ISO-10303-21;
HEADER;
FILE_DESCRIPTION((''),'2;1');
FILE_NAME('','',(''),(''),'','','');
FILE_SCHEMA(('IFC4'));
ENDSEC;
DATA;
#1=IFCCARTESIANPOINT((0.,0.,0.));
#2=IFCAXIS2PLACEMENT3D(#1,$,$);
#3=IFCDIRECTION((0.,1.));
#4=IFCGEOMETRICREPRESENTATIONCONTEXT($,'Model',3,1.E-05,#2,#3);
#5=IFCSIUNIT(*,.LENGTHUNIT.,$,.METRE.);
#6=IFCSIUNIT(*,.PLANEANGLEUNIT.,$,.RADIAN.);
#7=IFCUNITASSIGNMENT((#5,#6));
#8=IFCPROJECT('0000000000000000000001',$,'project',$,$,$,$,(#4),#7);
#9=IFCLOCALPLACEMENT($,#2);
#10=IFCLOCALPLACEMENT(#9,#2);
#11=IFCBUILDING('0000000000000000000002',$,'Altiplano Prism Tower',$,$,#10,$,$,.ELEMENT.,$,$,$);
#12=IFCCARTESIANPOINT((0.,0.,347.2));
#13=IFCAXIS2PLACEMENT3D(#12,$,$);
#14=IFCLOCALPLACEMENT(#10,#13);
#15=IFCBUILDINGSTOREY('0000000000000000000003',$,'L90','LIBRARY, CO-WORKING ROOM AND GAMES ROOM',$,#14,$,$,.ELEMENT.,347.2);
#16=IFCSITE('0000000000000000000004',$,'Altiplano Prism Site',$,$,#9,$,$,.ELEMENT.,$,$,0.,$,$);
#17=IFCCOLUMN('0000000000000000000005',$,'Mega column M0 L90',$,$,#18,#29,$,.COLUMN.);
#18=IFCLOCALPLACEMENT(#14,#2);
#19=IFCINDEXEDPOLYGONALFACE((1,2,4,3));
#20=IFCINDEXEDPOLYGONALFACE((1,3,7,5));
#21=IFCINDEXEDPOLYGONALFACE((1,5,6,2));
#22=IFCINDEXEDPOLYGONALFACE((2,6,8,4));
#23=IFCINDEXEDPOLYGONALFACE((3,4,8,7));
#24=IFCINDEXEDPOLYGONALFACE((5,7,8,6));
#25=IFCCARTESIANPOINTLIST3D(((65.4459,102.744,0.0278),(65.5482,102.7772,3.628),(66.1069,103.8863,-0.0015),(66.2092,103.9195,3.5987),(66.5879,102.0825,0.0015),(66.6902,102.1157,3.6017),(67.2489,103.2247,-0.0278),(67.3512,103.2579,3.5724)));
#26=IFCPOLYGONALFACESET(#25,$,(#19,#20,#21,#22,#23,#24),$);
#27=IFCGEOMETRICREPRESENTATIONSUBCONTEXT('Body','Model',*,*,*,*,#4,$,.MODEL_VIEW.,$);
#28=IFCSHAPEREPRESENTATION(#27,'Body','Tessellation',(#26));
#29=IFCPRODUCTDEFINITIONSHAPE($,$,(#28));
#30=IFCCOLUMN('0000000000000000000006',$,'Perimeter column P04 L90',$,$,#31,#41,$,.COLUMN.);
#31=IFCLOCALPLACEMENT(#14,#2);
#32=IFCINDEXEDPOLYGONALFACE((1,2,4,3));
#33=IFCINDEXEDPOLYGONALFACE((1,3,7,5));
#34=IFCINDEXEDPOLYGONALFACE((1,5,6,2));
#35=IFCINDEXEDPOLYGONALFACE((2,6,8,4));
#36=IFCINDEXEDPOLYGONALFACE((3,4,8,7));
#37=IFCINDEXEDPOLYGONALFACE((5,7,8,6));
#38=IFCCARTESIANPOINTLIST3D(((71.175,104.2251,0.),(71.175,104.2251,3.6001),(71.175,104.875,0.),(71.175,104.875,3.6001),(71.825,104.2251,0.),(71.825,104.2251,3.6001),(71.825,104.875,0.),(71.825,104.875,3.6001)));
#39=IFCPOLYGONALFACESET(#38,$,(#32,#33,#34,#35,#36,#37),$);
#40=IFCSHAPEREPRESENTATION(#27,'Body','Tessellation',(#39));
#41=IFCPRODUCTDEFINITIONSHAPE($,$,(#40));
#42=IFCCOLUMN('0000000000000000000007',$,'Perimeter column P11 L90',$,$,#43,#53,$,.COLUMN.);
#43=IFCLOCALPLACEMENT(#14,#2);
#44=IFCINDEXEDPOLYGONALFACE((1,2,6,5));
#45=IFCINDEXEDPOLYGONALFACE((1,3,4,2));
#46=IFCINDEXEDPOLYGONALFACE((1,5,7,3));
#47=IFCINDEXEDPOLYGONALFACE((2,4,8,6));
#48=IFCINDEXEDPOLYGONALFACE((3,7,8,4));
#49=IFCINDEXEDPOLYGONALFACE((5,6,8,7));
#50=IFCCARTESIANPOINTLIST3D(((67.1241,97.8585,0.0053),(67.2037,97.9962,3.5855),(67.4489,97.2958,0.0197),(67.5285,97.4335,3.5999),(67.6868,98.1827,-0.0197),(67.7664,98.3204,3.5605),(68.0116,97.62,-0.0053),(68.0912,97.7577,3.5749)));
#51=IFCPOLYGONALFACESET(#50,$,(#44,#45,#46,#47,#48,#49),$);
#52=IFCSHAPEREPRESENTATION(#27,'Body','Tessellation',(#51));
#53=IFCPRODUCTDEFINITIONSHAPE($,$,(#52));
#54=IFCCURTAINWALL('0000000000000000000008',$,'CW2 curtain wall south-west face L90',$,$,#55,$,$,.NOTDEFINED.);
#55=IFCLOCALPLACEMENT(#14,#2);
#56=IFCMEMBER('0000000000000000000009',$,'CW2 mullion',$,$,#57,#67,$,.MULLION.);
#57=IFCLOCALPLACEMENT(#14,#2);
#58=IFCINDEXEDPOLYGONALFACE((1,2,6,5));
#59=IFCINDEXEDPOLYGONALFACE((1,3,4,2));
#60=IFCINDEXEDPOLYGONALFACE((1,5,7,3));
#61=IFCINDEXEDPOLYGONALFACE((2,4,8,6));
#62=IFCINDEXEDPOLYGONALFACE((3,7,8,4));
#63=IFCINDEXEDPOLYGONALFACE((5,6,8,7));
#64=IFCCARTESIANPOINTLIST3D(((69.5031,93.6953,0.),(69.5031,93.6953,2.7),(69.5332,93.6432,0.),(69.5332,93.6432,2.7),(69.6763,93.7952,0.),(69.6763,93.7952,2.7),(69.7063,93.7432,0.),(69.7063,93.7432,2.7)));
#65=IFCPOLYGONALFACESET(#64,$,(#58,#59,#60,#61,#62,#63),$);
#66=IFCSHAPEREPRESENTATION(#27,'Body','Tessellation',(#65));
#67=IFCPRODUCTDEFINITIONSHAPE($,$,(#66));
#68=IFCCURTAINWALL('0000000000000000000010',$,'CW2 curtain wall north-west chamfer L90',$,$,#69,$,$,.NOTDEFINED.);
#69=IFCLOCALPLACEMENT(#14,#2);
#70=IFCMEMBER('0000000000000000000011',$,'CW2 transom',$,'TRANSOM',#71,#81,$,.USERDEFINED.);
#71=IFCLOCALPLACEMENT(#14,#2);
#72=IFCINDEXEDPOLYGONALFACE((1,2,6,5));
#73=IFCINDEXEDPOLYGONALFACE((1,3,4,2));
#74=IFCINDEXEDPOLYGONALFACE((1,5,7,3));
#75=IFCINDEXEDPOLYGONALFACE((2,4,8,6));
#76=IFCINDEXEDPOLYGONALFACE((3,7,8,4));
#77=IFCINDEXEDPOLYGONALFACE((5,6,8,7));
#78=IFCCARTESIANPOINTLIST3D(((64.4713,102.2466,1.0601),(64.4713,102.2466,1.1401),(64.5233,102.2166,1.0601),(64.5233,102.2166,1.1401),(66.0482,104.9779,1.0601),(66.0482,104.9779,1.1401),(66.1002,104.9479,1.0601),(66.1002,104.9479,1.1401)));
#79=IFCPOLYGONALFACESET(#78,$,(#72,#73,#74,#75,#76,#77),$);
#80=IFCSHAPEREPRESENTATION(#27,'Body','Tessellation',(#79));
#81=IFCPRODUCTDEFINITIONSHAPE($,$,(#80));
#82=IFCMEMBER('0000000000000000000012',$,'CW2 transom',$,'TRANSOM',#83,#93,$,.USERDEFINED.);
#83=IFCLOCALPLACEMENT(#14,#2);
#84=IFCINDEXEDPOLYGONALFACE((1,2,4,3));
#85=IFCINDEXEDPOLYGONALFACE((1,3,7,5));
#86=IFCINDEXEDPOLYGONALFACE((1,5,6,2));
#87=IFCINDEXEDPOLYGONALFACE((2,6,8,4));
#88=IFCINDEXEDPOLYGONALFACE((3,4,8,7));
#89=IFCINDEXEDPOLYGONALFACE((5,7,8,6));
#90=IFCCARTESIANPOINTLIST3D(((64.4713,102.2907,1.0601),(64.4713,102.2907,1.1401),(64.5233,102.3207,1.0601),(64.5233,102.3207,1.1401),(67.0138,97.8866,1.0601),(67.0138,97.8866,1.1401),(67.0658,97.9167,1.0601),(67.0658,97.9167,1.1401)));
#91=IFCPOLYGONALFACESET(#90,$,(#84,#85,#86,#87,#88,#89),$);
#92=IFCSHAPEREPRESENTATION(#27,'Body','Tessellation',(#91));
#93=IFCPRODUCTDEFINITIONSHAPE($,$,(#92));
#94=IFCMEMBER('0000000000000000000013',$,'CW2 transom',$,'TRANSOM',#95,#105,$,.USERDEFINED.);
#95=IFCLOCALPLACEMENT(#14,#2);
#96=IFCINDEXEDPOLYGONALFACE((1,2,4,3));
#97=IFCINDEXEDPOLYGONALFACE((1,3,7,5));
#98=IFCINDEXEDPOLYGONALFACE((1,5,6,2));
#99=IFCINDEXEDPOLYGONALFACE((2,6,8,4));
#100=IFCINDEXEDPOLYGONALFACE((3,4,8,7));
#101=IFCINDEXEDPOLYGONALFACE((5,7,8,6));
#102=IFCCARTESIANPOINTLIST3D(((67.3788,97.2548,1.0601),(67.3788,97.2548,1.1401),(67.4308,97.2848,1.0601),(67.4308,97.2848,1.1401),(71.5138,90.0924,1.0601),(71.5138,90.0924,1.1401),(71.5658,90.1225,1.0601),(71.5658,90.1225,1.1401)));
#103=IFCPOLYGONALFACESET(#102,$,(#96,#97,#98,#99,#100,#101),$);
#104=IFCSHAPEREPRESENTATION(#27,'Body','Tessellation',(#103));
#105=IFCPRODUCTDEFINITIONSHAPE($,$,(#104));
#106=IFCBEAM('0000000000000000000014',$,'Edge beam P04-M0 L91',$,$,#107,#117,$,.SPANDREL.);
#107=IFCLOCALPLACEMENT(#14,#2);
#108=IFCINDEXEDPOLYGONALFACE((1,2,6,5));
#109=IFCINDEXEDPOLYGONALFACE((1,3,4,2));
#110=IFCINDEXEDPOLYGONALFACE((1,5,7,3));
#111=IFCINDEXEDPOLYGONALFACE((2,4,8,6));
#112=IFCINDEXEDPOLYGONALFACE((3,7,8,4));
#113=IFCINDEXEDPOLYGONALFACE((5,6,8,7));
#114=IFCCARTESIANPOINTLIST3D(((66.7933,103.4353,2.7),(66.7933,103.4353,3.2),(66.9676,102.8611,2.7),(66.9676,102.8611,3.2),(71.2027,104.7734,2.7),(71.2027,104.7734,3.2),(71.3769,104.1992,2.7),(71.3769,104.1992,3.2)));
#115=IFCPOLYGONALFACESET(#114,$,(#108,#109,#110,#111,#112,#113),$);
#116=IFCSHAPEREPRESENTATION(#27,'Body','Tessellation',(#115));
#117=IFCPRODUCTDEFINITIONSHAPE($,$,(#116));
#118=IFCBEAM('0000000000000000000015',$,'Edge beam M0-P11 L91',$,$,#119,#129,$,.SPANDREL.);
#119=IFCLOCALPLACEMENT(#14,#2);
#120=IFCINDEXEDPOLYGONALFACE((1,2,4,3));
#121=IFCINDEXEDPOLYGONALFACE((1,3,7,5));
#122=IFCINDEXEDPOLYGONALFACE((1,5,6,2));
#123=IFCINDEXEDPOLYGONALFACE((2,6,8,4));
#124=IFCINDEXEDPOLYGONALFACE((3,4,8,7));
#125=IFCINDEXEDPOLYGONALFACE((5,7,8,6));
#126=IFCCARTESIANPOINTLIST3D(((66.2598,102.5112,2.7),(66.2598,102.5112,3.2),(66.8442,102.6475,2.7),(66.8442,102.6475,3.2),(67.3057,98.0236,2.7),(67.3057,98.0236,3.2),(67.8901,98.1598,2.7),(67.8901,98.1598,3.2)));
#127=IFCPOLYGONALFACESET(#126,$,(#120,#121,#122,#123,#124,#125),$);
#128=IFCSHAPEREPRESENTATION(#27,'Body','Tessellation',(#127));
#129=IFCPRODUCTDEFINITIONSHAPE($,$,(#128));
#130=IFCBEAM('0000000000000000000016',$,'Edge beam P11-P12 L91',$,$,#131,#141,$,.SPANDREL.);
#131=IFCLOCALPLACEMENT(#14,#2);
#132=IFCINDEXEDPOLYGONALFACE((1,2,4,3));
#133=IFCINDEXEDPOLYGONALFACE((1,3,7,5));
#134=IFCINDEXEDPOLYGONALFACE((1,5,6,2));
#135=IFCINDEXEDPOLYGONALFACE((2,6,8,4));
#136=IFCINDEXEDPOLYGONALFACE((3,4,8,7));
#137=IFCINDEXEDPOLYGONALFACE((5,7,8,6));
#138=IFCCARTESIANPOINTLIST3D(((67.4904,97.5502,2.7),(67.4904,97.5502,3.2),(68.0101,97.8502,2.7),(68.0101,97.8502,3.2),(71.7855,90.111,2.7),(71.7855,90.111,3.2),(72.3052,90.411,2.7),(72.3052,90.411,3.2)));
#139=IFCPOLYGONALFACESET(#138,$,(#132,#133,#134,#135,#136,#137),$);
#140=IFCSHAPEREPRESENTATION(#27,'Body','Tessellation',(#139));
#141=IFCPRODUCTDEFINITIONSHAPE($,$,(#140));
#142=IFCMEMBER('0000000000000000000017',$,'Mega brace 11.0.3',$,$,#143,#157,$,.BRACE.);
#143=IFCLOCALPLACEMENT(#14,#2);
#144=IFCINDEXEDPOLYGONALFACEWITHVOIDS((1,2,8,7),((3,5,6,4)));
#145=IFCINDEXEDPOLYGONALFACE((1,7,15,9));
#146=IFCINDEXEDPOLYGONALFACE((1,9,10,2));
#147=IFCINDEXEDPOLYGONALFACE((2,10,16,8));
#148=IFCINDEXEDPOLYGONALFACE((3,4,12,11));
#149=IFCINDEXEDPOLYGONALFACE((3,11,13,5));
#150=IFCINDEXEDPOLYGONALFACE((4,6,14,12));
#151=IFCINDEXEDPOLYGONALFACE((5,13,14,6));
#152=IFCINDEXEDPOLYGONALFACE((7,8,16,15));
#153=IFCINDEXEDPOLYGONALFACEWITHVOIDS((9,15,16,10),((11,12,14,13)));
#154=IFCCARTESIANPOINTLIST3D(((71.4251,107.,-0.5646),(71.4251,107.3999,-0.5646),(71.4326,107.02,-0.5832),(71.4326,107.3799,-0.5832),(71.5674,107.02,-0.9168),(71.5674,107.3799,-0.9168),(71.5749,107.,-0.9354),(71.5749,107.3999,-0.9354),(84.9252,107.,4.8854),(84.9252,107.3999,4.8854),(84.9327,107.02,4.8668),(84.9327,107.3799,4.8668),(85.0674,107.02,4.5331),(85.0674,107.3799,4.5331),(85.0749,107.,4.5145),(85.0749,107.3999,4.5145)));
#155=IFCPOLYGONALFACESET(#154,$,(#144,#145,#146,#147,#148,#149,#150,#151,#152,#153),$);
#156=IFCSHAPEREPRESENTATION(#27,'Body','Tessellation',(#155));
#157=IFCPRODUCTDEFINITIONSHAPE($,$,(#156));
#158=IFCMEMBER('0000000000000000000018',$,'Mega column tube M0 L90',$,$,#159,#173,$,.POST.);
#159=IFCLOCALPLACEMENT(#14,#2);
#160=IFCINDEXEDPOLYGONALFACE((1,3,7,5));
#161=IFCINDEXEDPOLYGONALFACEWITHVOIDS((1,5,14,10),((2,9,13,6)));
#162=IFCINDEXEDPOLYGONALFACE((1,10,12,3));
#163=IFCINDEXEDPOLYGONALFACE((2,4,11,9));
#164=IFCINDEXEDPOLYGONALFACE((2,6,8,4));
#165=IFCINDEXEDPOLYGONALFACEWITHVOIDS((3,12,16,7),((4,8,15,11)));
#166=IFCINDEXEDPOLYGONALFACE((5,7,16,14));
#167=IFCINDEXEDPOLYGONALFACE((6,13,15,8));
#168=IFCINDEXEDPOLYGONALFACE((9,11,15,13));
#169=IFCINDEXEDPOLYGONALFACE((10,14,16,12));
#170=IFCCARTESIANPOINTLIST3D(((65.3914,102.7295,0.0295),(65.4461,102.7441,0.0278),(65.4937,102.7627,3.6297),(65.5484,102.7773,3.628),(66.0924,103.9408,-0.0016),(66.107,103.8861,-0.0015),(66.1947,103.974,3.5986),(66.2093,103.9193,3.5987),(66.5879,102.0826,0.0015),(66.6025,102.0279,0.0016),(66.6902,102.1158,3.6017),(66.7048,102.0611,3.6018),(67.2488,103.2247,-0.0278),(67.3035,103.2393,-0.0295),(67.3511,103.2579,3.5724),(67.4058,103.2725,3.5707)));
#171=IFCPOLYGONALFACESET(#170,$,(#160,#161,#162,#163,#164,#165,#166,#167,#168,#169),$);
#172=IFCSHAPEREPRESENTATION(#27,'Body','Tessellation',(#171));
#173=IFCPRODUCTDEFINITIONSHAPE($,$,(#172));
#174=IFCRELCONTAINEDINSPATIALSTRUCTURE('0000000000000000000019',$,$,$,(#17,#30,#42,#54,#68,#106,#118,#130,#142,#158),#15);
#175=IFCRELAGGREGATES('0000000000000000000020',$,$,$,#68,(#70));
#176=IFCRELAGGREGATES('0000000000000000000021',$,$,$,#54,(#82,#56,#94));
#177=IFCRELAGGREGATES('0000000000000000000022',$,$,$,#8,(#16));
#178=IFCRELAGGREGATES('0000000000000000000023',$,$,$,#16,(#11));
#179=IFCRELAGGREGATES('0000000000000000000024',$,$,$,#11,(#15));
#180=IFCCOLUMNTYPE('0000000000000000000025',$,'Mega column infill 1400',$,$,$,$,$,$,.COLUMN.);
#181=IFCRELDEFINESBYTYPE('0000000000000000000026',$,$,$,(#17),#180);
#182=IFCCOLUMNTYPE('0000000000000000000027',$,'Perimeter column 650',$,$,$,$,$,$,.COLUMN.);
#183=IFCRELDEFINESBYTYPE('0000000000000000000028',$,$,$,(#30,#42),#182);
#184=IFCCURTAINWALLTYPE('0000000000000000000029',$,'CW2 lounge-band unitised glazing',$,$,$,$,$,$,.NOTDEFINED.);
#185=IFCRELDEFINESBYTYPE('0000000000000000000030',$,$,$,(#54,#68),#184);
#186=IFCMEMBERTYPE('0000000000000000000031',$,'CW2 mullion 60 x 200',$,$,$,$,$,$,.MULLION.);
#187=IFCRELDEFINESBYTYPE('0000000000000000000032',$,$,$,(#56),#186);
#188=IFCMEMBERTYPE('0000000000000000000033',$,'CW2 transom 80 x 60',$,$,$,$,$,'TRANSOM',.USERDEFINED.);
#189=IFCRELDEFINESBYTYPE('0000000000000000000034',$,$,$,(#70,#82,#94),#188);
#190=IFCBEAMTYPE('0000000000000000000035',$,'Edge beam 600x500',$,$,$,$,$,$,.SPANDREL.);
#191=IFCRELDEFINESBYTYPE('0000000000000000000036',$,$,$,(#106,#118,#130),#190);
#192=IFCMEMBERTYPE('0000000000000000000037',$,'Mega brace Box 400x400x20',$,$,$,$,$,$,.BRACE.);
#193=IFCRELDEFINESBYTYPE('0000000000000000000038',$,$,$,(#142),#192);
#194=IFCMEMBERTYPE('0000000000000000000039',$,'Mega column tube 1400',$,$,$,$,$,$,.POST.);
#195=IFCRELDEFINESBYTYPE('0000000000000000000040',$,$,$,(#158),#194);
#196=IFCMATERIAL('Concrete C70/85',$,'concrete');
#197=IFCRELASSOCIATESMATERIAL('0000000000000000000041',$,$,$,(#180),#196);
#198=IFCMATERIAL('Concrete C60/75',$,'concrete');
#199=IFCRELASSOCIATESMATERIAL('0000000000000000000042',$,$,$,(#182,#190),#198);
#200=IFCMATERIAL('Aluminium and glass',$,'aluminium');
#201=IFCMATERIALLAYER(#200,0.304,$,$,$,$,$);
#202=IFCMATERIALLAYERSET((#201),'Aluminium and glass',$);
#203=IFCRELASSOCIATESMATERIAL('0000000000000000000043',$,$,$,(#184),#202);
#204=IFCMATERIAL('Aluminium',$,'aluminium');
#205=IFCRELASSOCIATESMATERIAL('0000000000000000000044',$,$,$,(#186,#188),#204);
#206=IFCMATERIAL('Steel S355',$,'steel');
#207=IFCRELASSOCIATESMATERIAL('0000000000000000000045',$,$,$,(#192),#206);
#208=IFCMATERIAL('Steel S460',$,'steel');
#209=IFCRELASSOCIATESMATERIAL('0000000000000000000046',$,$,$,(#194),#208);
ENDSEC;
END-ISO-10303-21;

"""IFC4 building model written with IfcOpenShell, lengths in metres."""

from ifc_helpers import new_model, si_unit, direction, frame, origin, origin_2d, place, context, subcontext, project, spatial, rectangle, hollow_rectangle, extrude, material, layer, layer_set, material_profile, profile_set, type_object, element, aggregate, save


model = new_model("IFC4")

# Units and contexts
model_context = context("Model", 3, precision=1e-05, world=origin(), true_north=direction((0.0, 1.0)))
body_context = subcontext(model_context, "Body", "Model", "MODEL_VIEW")
ifc_project = project(units=[si_unit("LENGTHUNIT", "METRE"), si_unit("PLANEANGLEUNIT", "RADIAN")], contexts=[model_context])

# Site, building, storey
site_placement = place(None, origin())
site = spatial("IfcSite", under=ifc_project, at=site_placement, Name="Altiplano Prism Site", CompositionType="ELEMENT", RefElevation=0.0)
building_placement = place(site_placement, origin())
building = spatial("IfcBuilding", under=site, at=building_placement, Name="Altiplano Prism Tower", CompositionType="ELEMENT")
storey_placement = place(building_placement, frame((0.0, 0.0, 347.2)))
storey = spatial("IfcBuildingStorey", under=building, at=storey_placement, Name="L90", Description="LIBRARY, CO-WORKING ROOM AND GAMES ROOM", CompositionType="ELEMENT", Elevation=347.2)

# Columns
ifc_material_1 = material(Name="Concrete C70/85", Category="concrete")
ifc_material_profile_1 = material_profile(ifc_material_1, rectangle(XDim=1.3201, YDim=1.3201, at=origin_2d()), Name="Mega column infill 1400")
ifc_profile_set_1 = profile_set([ifc_material_profile_1], Name="Concrete C70/85")
column_type_1 = type_object("IfcColumnType", Name="Mega column infill 1400", PredefinedType="COLUMN", material=ifc_profile_set_1)
column_1_placement = place(storey_placement, frame((66.3474, 102.9844, 0.0), z_axis=(0.028402, 0.009219, 0.999554), x_axis=(-0.865126, 0.501157, 0.01996)))
element("IfcColumn", 1, at=column_1_placement, inside=storey, type_object=column_type_1, Name="Mega column M0 L90", PredefinedType="COLUMN", context=body_context, shape_type="SweptSolid", body=[
    extrude(rectangle(XDim=1.3201, YDim=1.3201, at=origin_2d()), origin(), (0.0, 0.0, 1.0), 3.6018),
])
ifc_material_2 = material(Name="Concrete C60/75", Category="concrete")
ifc_material_profile_2 = material_profile(ifc_material_2, rectangle(XDim=0.6499, YDim=0.6499, at=origin_2d()), Name="Perimeter column 650")
ifc_profile_set_2 = profile_set([ifc_material_profile_2], Name="Concrete C60/75")
column_type_2 = type_object("IfcColumnType", Name="Perimeter column 650", PredefinedType="COLUMN", material=ifc_profile_set_2)
column_2_placement = place(storey_placement, frame((71.5, 104.55, 0.0), z_axis=(0.0, 0.0, 1.0), x_axis=(1.0, 0.0, 0.0)))
element("IfcColumn", 2, at=column_2_placement, inside=storey, type_object=column_type_2, Name="Perimeter column P04 L90", PredefinedType="COLUMN", context=body_context, shape_type="SweptSolid", body=[
    extrude(rectangle(XDim=0.6499, YDim=0.6499, at=origin_2d()), origin(), (0.0, 0.0, 1.0), 3.6001),
])
column_3_placement = place(storey_placement, frame((67.5679, 97.7393, 0.0), z_axis=(0.022208, 0.038421, 0.999015), x_axis=(-0.865843, -0.498837, 0.038432)))
element("IfcColumn", 3, at=column_3_placement, inside=storey, type_object=column_type_2, Name="Perimeter column P11 L90", PredefinedType="COLUMN", context=body_context, shape_type="SweptSolid", body=[
    extrude(rectangle(XDim=0.6499, YDim=0.6499, at=origin_2d()), origin(), (0.0, 0.0, 1.0), 3.5837),
])

# Curtain walls, members
ifc_material_3 = material(Name="Aluminium and glass", Category="aluminium")
ifc_layer_1 = layer(ifc_material_3, 0.304)
ifc_layer_set_1 = layer_set([ifc_layer_1], Name="Aluminium and glass")
curtain_wall_type = type_object("IfcCurtainWallType", Name="CW2 lounge-band unitised glazing", PredefinedType="NOTDEFINED", material=ifc_layer_set_1)
curtain_wall_1_placement = place(storey_placement, origin())
curtain_wall_1 = element("IfcCurtainWall", 4, at=curtain_wall_1_placement, inside=storey, type_object=curtain_wall_type, Name="CW2 curtain wall south-west face L90", PredefinedType="NOTDEFINED")
ifc_material_4 = material(Name="Aluminium", Category="aluminium")
ifc_material_profile_3 = material_profile(ifc_material_4, rectangle(XDim=0.2, YDim=0.0601, at=origin_2d()), Name="CW2 mullion 60 x 200")
ifc_profile_set_3 = profile_set([ifc_material_profile_3], Name="Aluminium")
member_type_1 = type_object("IfcMemberType", Name="CW2 mullion 60 x 200", PredefinedType="MULLION", material=ifc_profile_set_3)
member_1_placement = place(storey_placement, frame((69.6047, 93.7192, 0.0), z_axis=(0.0, 0.0, 1.0), x_axis=(0.866025, 0.5, 0.0)))
member_1 = element("IfcMember", 5, at=member_1_placement, type_object=member_type_1, Name="CW2 mullion", PredefinedType="MULLION", context=body_context, shape_type="SweptSolid", body=[
    extrude(rectangle(XDim=0.2, YDim=0.0601, at=origin_2d()), origin(), (0.0, 0.0, 1.0), 2.7),
])
curtain_wall_2_placement = place(storey_placement, origin())
curtain_wall_2 = element("IfcCurtainWall", 6, at=curtain_wall_2_placement, inside=storey, type_object=curtain_wall_type, Name="CW2 curtain wall north-west chamfer L90", PredefinedType="NOTDEFINED")
ifc_material_profile_4 = material_profile(ifc_material_4, rectangle(XDim=0.0601, YDim=0.0801, at=origin_2d()), Name="CW2 transom 80 x 60")
ifc_profile_set_4 = profile_set([ifc_material_profile_4], Name="Aluminium")
member_type_2 = type_object("IfcMemberType", Name="CW2 transom 80 x 60", ElementType="TRANSOM", PredefinedType="USERDEFINED", material=ifc_profile_set_4)
member_2_placement = place(storey_placement, frame((66.0742, 104.9629, 1.1001), z_axis=(-0.500011, -0.866019, 0.0), x_axis=(0.866019, -0.500011, 0.0)))
member_2 = element("IfcMember", 7, at=member_2_placement, type_object=member_type_2, Name="CW2 transom", ObjectType="TRANSOM", PredefinedType="USERDEFINED", context=body_context, shape_type="SweptSolid", body=[
    extrude(rectangle(XDim=0.0601, YDim=0.0801, at=origin_2d()), origin(), (0.0, 0.0, 1.0), 3.1538),
])

# Members
member_3_placement = place(storey_placement, frame((64.4973, 102.3057, 1.1001), z_axis=(0.49997, -0.866042, 0.0), x_axis=(0.866042, 0.49997, 0.0)))
member_3 = element("IfcMember", 8, at=member_3_placement, type_object=member_type_2, Name="CW2 transom", ObjectType="TRANSOM", PredefinedType="USERDEFINED", context=body_context, shape_type="SweptSolid", body=[
    extrude(rectangle(XDim=0.0601, YDim=0.0801, at=origin_2d()), origin(), (0.0, 0.0, 1.0), 5.0852),
])
member_4_placement = place(storey_placement, frame((67.4048, 97.2698, 1.1001), z_axis=(0.499984, -0.866035, 0.0), x_axis=(0.866035, 0.499984, 0.0)))
member_4 = element("IfcMember", 9, at=member_4_placement, type_object=member_type_2, Name="CW2 transom", ObjectType="TRANSOM", PredefinedType="USERDEFINED", context=body_context, shape_type="SweptSolid", body=[
    extrude(rectangle(XDim=0.0601, YDim=0.0801, at=origin_2d()), origin(), (0.0, 0.0, 1.0), 8.2703),
])

# Beams
ifc_material_profile_5 = material_profile(ifc_material_2, rectangle(XDim=0.6001, YDim=0.5, at=origin_2d()), Name="Edge beam 600x500")
ifc_profile_set_5 = profile_set([ifc_material_profile_5], Name="Concrete C60/75")
beam_type = type_object("IfcBeamType", Name="Edge beam 600x500", PredefinedType="SPANDREL", material=ifc_profile_set_5)
for number, where, z_axis, x_axis, name in (
    (10, (71.2898, 104.4863, 2.95), (-0.956907, -0.290394, 0.0), (0.290394, -0.956907, 0.0), "Edge beam P04-M0 L91"),
    (11, (66.552, 102.5793, 2.95), (0.226983, -0.973899, 0.0), (0.973899, 0.226983, 0.0), "Edge beam M0-P11 L91"),
):
    element("IfcBeam", number, at=place(storey_placement, frame(where, z_axis=z_axis, x_axis=x_axis)), inside=storey, type_object=beam_type, Name=name, PredefinedType="SPANDREL", context=body_context, shape_type="SweptSolid", body=[
        extrude(rectangle(XDim=0.6001, YDim=0.5, at=origin_2d()), origin(), (0.0, 0.0, 1.0), 4.6079),
    ])
beam_placement = place(storey_placement, frame((67.7502, 97.7002, 2.95), z_axis=(0.500012, -0.866019, 0.0), x_axis=(0.866019, 0.500012, 0.0)))
element("IfcBeam", 12, at=beam_placement, inside=storey, type_object=beam_type, Name="Edge beam P11-P12 L91", PredefinedType="SPANDREL", context=body_context, shape_type="SweptSolid", body=[
    extrude(rectangle(XDim=0.6001, YDim=0.5, at=origin_2d()), origin(), (0.0, 0.0, 1.0), 8.5901),
])

# Members
ifc_material_5 = material(Name="Steel S355", Category="steel")
ifc_material_profile_6 = material_profile(ifc_material_5, hollow_rectangle(XDim=0.3999, YDim=0.3999, WallThickness=0.02, at=origin_2d()), Name="Mega brace Box 400x400x20")
ifc_profile_set_6 = profile_set([ifc_material_profile_6], Name="Steel S355")
member_type_3 = type_object("IfcMemberType", Name="Mega brace Box 400x400x20", PredefinedType="BRACE", material=ifc_profile_set_6)
member_5_placement = place(storey_placement, frame((71.5, 107.2, -0.75), z_axis=(0.927289, 0.0, 0.374347), x_axis=(0.0, 1.0, 0.0)))
element("IfcMember", 13, at=member_5_placement, inside=storey, type_object=member_type_3, Name="Mega brace 11.0.3", PredefinedType="BRACE", context=body_context, shape_type="SweptSolid", body=[
    extrude(hollow_rectangle(XDim=0.3999, YDim=0.3999, WallThickness=0.02, at=origin_2d()), origin(), (0.0, 0.0, 1.0), 14.5586),
])
ifc_material_6 = material(Name="Steel S460", Category="steel")
ifc_material_profile_7 = material_profile(ifc_material_6, hollow_rectangle(XDim=1.3999, YDim=1.3999, WallThickness=0.04, at=origin_2d()), Name="Mega column tube 1400")
ifc_profile_set_7 = profile_set([ifc_material_profile_7], Name="Steel S460")
member_type_4 = type_object("IfcMemberType", Name="Mega column tube 1400", PredefinedType="POST", material=ifc_profile_set_7)
member_6_placement = place(storey_placement, frame((66.3474, 102.9844, 0.0), z_axis=(0.028402, 0.009219, 0.999554), x_axis=(-0.865126, 0.501157, 0.01996)))
element("IfcMember", 14, at=member_6_placement, inside=storey, type_object=member_type_4, Name="Mega column tube M0 L90", PredefinedType="POST", context=body_context, shape_type="SweptSolid", body=[
    extrude(hollow_rectangle(XDim=1.3999, YDim=1.3999, WallThickness=0.04, at=origin_2d()), origin(), (0.0, 0.0, 1.0), 3.6018),
])

aggregate(curtain_wall_2, [member_2])
aggregate(curtain_wall_1, [member_3, member_1, member_4])

save(model, "model.ifc")
